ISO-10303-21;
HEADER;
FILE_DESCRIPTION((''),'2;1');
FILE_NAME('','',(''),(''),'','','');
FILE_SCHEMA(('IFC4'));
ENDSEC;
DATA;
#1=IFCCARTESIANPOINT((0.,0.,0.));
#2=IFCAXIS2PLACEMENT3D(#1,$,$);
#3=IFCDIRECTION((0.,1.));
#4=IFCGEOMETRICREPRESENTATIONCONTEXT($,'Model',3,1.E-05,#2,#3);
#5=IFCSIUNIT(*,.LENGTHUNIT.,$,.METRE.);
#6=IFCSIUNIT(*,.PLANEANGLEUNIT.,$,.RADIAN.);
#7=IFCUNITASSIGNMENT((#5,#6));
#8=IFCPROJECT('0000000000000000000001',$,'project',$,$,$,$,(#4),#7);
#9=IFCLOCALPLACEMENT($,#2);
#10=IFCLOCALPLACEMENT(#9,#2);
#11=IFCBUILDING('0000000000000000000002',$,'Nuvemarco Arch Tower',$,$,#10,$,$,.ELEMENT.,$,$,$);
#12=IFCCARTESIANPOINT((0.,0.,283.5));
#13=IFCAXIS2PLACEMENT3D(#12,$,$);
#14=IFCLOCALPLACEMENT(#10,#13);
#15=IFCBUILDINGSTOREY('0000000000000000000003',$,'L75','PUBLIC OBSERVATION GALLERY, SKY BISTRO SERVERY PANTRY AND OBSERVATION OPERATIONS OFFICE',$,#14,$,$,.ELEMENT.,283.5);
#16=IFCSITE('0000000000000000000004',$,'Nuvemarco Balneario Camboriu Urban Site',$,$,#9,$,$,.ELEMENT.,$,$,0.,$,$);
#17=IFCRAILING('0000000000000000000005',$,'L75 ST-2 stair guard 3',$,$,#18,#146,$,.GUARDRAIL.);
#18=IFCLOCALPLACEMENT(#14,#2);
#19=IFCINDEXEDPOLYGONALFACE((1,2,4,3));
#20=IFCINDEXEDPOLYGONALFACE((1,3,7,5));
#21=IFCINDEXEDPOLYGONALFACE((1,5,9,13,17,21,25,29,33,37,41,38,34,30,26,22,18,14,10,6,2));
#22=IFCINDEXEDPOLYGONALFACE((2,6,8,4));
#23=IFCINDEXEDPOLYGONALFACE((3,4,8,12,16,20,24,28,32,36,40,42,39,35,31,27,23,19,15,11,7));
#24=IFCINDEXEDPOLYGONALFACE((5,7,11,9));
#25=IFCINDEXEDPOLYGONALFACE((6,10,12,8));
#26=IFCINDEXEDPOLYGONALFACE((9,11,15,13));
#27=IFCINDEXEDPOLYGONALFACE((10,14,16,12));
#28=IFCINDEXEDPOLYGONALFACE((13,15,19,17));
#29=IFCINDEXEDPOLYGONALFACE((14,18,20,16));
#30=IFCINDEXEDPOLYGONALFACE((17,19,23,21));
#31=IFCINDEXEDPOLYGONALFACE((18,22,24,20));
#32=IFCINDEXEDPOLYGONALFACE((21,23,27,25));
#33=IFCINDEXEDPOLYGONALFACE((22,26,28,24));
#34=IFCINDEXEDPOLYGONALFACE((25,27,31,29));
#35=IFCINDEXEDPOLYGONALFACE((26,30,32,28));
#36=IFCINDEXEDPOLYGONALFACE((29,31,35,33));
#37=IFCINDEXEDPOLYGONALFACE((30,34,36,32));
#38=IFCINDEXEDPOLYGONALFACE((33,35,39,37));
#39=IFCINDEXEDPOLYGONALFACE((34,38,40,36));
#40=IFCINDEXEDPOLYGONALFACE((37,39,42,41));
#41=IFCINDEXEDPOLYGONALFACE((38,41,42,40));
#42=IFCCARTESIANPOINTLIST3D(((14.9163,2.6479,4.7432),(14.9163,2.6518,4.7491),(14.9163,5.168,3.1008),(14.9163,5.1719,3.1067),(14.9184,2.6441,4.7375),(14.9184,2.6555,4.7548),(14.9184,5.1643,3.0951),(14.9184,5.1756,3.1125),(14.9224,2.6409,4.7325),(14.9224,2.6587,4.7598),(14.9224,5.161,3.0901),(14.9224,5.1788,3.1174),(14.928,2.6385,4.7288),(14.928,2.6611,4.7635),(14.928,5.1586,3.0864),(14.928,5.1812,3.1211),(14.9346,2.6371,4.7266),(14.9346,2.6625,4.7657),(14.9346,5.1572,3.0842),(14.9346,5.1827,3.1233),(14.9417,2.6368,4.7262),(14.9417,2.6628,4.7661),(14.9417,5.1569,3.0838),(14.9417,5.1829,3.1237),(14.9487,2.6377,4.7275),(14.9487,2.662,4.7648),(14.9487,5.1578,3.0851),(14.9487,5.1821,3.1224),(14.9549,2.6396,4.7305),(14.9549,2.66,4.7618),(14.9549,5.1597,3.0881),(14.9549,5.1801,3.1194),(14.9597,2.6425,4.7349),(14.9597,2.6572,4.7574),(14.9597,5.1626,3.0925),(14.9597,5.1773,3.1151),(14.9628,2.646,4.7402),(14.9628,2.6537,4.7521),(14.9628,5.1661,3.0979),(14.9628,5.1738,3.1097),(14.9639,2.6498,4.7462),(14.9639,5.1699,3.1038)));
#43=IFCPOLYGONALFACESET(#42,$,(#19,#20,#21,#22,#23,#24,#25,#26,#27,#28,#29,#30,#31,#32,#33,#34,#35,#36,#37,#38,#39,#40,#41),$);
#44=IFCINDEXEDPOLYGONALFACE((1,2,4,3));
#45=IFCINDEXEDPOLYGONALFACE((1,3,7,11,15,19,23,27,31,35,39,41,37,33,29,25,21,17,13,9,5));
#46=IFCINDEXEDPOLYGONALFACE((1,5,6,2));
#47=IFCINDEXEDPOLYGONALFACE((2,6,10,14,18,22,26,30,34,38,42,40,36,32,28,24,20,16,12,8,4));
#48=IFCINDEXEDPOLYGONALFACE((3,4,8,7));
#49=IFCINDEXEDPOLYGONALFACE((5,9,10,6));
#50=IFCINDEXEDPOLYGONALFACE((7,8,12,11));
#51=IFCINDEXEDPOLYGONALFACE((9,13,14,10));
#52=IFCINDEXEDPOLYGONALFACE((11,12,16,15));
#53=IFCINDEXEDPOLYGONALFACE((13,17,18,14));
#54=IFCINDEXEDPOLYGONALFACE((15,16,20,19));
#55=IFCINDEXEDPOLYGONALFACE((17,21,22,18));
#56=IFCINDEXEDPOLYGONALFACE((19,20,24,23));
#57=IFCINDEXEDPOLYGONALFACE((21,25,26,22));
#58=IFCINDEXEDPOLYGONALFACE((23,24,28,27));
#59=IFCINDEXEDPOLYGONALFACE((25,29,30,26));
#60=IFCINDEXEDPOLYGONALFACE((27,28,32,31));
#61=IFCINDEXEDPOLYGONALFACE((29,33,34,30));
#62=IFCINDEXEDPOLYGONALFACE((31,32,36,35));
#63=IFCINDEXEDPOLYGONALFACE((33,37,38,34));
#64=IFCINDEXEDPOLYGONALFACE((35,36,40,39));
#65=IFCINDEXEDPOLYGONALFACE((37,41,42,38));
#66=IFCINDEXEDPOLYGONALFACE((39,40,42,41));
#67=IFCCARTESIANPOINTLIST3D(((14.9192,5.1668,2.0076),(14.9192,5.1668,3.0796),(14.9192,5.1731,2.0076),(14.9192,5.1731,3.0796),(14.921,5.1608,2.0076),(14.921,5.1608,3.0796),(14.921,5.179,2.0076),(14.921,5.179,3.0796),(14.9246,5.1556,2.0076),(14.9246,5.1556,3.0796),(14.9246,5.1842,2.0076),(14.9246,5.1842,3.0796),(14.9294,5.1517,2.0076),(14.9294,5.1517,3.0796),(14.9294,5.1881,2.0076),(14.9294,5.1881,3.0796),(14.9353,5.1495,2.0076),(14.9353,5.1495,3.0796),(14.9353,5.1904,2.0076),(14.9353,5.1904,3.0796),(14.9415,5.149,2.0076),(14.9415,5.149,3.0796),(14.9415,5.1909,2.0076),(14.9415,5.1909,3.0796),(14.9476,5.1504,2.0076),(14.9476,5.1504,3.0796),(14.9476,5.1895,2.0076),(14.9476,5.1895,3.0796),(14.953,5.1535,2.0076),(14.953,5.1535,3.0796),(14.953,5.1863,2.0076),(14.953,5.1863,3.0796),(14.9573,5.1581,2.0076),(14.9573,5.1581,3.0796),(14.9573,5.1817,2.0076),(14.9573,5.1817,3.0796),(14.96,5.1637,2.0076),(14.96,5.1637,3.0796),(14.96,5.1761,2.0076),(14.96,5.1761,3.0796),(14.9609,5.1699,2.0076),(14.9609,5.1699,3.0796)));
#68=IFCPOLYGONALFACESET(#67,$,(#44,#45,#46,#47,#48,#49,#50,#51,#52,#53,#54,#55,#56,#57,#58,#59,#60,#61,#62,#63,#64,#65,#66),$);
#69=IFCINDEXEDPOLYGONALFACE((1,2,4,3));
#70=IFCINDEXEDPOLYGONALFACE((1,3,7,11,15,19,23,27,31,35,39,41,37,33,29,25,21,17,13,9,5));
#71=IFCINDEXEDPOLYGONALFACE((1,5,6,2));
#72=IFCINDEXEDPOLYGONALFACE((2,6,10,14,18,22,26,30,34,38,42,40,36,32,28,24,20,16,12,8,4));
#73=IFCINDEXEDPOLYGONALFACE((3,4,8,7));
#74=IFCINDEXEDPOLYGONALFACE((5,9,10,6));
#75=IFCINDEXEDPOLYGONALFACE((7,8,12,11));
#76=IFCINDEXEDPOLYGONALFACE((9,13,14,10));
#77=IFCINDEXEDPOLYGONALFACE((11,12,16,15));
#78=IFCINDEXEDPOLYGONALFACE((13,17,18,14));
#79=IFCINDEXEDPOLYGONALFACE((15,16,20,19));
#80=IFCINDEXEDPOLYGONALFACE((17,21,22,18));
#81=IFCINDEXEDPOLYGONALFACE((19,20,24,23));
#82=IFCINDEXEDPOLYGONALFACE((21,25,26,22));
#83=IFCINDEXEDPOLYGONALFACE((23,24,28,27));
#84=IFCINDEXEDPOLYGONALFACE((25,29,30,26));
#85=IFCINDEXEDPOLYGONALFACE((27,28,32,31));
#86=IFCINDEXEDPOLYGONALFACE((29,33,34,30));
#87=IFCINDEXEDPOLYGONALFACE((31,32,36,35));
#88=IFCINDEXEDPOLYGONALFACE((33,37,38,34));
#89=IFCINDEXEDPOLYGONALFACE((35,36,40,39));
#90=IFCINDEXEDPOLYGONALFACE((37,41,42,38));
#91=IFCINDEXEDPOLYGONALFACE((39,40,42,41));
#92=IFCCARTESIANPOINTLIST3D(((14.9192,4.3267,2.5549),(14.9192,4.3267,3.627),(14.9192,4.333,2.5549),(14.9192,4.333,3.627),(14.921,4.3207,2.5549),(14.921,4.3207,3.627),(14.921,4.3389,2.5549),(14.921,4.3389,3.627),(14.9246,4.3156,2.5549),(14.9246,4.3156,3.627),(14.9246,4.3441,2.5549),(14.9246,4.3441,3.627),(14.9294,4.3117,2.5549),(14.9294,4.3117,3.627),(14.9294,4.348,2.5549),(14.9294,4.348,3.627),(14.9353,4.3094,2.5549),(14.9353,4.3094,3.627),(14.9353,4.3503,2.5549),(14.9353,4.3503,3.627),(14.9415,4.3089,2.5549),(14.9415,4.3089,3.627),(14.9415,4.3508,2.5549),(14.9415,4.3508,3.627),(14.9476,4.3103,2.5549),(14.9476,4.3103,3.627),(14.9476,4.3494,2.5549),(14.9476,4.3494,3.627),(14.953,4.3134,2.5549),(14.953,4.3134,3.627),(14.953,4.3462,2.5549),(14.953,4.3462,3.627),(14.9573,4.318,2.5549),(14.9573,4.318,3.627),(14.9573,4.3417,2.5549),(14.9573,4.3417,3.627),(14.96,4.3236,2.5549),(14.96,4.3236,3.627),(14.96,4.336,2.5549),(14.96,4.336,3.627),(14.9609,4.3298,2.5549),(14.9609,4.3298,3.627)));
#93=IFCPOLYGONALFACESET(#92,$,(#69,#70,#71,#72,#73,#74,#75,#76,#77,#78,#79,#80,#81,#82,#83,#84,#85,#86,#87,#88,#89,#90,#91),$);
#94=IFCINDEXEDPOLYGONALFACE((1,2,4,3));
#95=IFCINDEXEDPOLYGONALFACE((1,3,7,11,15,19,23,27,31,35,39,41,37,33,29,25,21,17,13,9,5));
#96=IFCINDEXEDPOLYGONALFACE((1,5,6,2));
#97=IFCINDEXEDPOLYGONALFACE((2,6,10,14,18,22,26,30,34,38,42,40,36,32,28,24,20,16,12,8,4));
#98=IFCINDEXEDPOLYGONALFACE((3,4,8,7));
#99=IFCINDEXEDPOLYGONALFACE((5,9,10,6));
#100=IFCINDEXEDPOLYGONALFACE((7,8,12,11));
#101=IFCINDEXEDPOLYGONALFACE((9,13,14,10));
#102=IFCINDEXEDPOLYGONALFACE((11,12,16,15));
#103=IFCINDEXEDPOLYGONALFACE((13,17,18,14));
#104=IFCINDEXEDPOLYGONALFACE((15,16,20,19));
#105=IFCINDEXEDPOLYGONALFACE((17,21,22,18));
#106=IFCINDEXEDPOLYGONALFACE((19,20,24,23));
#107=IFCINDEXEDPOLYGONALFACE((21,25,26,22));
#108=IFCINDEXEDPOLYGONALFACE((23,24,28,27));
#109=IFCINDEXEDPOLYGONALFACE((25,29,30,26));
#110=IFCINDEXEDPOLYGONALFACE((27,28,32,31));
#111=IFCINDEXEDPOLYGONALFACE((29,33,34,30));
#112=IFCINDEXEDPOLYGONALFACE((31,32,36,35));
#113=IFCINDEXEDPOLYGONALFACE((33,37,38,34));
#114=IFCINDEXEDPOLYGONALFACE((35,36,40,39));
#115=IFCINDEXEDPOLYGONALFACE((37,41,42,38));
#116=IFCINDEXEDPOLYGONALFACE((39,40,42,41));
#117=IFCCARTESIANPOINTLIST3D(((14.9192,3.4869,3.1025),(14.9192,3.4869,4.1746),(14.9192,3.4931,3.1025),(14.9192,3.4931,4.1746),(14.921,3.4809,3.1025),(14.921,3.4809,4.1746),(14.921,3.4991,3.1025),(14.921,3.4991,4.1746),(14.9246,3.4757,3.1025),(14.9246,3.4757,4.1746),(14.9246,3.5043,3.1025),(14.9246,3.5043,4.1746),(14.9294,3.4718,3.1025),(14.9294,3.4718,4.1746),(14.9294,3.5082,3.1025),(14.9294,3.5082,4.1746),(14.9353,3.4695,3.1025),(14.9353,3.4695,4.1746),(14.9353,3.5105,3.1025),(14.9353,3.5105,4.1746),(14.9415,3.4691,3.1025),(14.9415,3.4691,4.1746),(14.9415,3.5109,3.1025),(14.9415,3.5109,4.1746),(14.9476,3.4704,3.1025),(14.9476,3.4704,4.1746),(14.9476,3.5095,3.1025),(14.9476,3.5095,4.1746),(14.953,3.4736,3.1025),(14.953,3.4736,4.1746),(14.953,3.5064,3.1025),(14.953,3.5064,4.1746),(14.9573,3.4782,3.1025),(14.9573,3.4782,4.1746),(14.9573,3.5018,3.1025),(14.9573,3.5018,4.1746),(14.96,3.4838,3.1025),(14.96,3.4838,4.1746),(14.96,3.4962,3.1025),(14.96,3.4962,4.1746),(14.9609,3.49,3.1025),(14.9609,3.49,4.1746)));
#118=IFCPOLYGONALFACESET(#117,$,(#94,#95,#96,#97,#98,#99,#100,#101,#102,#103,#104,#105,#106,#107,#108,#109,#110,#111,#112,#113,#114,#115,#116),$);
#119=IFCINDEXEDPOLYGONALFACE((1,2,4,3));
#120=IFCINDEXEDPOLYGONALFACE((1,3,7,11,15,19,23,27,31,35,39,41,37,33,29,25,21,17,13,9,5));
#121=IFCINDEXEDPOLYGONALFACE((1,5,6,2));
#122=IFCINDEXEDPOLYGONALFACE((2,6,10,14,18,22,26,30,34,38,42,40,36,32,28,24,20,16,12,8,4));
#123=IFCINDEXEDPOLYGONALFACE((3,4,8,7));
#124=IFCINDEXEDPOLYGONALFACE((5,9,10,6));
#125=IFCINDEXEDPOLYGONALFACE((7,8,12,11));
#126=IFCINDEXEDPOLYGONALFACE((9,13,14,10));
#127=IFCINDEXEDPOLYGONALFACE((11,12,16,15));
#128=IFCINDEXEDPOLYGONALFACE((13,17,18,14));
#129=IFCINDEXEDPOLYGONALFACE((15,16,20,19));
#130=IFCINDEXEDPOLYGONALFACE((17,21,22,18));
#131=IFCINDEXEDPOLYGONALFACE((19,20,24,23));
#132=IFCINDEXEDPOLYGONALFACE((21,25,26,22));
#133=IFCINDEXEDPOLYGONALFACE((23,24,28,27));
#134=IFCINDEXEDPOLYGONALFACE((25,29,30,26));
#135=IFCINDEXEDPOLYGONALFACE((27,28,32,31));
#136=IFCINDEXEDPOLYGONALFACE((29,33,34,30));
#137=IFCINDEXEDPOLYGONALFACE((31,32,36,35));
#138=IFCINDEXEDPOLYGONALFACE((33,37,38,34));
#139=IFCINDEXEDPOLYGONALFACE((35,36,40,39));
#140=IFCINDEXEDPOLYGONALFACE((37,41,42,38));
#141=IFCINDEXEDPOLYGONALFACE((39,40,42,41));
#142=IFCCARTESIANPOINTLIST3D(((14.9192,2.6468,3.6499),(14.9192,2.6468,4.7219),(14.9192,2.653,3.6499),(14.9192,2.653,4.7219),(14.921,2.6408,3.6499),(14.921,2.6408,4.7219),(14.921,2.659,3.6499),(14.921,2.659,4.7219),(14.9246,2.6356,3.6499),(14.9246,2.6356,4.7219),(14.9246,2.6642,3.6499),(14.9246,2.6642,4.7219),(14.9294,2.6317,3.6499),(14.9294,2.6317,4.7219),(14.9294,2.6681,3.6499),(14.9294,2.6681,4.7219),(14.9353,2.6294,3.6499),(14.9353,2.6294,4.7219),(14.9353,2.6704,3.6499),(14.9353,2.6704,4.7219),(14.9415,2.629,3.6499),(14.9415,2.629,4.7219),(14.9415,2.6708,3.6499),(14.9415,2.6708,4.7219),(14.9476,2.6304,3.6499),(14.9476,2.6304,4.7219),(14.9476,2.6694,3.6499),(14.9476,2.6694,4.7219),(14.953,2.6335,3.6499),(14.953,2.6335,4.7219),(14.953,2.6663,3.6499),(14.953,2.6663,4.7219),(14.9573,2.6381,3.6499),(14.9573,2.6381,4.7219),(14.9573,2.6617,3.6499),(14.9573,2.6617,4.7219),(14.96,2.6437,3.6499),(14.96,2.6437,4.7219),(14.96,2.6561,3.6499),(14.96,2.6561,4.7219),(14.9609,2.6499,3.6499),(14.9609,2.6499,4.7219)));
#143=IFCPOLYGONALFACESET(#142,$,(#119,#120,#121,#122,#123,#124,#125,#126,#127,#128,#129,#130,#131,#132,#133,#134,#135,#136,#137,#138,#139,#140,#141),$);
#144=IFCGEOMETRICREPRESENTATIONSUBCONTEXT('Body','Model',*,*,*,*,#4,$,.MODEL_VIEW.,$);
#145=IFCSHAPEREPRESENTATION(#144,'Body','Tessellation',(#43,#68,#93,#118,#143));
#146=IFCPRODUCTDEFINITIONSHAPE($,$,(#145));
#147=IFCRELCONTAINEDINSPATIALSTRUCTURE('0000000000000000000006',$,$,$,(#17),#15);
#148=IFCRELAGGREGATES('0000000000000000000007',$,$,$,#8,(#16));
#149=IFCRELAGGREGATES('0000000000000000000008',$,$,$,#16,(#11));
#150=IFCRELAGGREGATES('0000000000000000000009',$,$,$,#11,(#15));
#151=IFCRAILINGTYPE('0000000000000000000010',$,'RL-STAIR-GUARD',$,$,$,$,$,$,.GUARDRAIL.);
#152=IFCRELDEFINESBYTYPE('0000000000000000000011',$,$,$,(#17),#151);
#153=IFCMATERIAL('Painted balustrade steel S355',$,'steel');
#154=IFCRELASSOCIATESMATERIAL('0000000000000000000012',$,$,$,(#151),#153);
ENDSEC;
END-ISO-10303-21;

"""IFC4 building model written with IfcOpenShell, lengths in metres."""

from ifc_helpers import new_model, si_unit, direction, frame, origin, origin_2d, place, context, subcontext, project, spatial, circle, extrude, material, type_object, element, save


model = new_model("IFC4")

# Units and contexts
model_context = context("Model", 3, precision=1e-05, world=origin(), true_north=direction((0.0, 1.0)))
body_context = subcontext(model_context, "Body", "Model", "MODEL_VIEW")
ifc_project = project(units=[si_unit("LENGTHUNIT", "METRE"), si_unit("PLANEANGLEUNIT", "RADIAN")], contexts=[model_context])

# Site, building, storey
site_placement = place(None, origin())
site = spatial("IfcSite", under=ifc_project, at=site_placement, Name="Nuvemarco Balneario Camboriu Urban Site", CompositionType="ELEMENT", RefElevation=0.0)
building_placement = place(site_placement, origin())
building = spatial("IfcBuilding", under=site, at=building_placement, Name="Nuvemarco Arch Tower", CompositionType="ELEMENT")
storey_placement = place(building_placement, frame((0.0, 0.0, 283.5)))
storey = spatial("IfcBuildingStorey", under=building, at=storey_placement, Name="L75", Description="PUBLIC OBSERVATION GALLERY, SKY BISTRO SERVERY PANTRY AND OBSERVATION OPERATIONS OFFICE", CompositionType="ELEMENT", Elevation=283.5)

# Railing
ifc_material_1 = material(Name="Painted balustrade steel S355", Category="steel")
railing_type_1 = type_object("IfcRailingType", Name="RL-STAIR-GUARD", PredefinedType="GUARDRAIL", material=ifc_material_1)
railing_1_placement = place(storey_placement, frame((14.9399, 5.1699, 2.0076)))
element("IfcRailing", 1, at=railing_1_placement, inside=storey, type_object=railing_type_1, Name="L75 ST-2 stair guard 3", PredefinedType="GUARDRAIL", context=body_context, shape_type="SweptSolid", body=[
    extrude(circle(Radius=0.0239, at=origin_2d()), frame((0.0, 0.0, 1.0962), z_axis=(0.0, -0.837787, 0.545998), x_axis=(1.0, 0.0, 0.0)), (0.0, 0.0, 1.0), 3.0081),
    extrude(circle(Radius=0.021, at=origin_2d()), origin(), (0.0, 0.0, 1.0), 1.072),
    extrude(circle(Radius=0.021, at=origin_2d()), frame((0.0, -0.8401, 0.5474)), (0.0, 0.0, 1.0), 1.072),
    extrude(circle(Radius=0.021, at=origin_2d()), frame((0.0, -1.6799, 1.095)), (0.0, 0.0, 1.0), 1.072),
    extrude(circle(Radius=0.021, at=origin_2d()), frame((0.0, -2.52, 1.6423)), (0.0, 0.0, 1.0), 1.072),
])

save(model, "model.ifc")
